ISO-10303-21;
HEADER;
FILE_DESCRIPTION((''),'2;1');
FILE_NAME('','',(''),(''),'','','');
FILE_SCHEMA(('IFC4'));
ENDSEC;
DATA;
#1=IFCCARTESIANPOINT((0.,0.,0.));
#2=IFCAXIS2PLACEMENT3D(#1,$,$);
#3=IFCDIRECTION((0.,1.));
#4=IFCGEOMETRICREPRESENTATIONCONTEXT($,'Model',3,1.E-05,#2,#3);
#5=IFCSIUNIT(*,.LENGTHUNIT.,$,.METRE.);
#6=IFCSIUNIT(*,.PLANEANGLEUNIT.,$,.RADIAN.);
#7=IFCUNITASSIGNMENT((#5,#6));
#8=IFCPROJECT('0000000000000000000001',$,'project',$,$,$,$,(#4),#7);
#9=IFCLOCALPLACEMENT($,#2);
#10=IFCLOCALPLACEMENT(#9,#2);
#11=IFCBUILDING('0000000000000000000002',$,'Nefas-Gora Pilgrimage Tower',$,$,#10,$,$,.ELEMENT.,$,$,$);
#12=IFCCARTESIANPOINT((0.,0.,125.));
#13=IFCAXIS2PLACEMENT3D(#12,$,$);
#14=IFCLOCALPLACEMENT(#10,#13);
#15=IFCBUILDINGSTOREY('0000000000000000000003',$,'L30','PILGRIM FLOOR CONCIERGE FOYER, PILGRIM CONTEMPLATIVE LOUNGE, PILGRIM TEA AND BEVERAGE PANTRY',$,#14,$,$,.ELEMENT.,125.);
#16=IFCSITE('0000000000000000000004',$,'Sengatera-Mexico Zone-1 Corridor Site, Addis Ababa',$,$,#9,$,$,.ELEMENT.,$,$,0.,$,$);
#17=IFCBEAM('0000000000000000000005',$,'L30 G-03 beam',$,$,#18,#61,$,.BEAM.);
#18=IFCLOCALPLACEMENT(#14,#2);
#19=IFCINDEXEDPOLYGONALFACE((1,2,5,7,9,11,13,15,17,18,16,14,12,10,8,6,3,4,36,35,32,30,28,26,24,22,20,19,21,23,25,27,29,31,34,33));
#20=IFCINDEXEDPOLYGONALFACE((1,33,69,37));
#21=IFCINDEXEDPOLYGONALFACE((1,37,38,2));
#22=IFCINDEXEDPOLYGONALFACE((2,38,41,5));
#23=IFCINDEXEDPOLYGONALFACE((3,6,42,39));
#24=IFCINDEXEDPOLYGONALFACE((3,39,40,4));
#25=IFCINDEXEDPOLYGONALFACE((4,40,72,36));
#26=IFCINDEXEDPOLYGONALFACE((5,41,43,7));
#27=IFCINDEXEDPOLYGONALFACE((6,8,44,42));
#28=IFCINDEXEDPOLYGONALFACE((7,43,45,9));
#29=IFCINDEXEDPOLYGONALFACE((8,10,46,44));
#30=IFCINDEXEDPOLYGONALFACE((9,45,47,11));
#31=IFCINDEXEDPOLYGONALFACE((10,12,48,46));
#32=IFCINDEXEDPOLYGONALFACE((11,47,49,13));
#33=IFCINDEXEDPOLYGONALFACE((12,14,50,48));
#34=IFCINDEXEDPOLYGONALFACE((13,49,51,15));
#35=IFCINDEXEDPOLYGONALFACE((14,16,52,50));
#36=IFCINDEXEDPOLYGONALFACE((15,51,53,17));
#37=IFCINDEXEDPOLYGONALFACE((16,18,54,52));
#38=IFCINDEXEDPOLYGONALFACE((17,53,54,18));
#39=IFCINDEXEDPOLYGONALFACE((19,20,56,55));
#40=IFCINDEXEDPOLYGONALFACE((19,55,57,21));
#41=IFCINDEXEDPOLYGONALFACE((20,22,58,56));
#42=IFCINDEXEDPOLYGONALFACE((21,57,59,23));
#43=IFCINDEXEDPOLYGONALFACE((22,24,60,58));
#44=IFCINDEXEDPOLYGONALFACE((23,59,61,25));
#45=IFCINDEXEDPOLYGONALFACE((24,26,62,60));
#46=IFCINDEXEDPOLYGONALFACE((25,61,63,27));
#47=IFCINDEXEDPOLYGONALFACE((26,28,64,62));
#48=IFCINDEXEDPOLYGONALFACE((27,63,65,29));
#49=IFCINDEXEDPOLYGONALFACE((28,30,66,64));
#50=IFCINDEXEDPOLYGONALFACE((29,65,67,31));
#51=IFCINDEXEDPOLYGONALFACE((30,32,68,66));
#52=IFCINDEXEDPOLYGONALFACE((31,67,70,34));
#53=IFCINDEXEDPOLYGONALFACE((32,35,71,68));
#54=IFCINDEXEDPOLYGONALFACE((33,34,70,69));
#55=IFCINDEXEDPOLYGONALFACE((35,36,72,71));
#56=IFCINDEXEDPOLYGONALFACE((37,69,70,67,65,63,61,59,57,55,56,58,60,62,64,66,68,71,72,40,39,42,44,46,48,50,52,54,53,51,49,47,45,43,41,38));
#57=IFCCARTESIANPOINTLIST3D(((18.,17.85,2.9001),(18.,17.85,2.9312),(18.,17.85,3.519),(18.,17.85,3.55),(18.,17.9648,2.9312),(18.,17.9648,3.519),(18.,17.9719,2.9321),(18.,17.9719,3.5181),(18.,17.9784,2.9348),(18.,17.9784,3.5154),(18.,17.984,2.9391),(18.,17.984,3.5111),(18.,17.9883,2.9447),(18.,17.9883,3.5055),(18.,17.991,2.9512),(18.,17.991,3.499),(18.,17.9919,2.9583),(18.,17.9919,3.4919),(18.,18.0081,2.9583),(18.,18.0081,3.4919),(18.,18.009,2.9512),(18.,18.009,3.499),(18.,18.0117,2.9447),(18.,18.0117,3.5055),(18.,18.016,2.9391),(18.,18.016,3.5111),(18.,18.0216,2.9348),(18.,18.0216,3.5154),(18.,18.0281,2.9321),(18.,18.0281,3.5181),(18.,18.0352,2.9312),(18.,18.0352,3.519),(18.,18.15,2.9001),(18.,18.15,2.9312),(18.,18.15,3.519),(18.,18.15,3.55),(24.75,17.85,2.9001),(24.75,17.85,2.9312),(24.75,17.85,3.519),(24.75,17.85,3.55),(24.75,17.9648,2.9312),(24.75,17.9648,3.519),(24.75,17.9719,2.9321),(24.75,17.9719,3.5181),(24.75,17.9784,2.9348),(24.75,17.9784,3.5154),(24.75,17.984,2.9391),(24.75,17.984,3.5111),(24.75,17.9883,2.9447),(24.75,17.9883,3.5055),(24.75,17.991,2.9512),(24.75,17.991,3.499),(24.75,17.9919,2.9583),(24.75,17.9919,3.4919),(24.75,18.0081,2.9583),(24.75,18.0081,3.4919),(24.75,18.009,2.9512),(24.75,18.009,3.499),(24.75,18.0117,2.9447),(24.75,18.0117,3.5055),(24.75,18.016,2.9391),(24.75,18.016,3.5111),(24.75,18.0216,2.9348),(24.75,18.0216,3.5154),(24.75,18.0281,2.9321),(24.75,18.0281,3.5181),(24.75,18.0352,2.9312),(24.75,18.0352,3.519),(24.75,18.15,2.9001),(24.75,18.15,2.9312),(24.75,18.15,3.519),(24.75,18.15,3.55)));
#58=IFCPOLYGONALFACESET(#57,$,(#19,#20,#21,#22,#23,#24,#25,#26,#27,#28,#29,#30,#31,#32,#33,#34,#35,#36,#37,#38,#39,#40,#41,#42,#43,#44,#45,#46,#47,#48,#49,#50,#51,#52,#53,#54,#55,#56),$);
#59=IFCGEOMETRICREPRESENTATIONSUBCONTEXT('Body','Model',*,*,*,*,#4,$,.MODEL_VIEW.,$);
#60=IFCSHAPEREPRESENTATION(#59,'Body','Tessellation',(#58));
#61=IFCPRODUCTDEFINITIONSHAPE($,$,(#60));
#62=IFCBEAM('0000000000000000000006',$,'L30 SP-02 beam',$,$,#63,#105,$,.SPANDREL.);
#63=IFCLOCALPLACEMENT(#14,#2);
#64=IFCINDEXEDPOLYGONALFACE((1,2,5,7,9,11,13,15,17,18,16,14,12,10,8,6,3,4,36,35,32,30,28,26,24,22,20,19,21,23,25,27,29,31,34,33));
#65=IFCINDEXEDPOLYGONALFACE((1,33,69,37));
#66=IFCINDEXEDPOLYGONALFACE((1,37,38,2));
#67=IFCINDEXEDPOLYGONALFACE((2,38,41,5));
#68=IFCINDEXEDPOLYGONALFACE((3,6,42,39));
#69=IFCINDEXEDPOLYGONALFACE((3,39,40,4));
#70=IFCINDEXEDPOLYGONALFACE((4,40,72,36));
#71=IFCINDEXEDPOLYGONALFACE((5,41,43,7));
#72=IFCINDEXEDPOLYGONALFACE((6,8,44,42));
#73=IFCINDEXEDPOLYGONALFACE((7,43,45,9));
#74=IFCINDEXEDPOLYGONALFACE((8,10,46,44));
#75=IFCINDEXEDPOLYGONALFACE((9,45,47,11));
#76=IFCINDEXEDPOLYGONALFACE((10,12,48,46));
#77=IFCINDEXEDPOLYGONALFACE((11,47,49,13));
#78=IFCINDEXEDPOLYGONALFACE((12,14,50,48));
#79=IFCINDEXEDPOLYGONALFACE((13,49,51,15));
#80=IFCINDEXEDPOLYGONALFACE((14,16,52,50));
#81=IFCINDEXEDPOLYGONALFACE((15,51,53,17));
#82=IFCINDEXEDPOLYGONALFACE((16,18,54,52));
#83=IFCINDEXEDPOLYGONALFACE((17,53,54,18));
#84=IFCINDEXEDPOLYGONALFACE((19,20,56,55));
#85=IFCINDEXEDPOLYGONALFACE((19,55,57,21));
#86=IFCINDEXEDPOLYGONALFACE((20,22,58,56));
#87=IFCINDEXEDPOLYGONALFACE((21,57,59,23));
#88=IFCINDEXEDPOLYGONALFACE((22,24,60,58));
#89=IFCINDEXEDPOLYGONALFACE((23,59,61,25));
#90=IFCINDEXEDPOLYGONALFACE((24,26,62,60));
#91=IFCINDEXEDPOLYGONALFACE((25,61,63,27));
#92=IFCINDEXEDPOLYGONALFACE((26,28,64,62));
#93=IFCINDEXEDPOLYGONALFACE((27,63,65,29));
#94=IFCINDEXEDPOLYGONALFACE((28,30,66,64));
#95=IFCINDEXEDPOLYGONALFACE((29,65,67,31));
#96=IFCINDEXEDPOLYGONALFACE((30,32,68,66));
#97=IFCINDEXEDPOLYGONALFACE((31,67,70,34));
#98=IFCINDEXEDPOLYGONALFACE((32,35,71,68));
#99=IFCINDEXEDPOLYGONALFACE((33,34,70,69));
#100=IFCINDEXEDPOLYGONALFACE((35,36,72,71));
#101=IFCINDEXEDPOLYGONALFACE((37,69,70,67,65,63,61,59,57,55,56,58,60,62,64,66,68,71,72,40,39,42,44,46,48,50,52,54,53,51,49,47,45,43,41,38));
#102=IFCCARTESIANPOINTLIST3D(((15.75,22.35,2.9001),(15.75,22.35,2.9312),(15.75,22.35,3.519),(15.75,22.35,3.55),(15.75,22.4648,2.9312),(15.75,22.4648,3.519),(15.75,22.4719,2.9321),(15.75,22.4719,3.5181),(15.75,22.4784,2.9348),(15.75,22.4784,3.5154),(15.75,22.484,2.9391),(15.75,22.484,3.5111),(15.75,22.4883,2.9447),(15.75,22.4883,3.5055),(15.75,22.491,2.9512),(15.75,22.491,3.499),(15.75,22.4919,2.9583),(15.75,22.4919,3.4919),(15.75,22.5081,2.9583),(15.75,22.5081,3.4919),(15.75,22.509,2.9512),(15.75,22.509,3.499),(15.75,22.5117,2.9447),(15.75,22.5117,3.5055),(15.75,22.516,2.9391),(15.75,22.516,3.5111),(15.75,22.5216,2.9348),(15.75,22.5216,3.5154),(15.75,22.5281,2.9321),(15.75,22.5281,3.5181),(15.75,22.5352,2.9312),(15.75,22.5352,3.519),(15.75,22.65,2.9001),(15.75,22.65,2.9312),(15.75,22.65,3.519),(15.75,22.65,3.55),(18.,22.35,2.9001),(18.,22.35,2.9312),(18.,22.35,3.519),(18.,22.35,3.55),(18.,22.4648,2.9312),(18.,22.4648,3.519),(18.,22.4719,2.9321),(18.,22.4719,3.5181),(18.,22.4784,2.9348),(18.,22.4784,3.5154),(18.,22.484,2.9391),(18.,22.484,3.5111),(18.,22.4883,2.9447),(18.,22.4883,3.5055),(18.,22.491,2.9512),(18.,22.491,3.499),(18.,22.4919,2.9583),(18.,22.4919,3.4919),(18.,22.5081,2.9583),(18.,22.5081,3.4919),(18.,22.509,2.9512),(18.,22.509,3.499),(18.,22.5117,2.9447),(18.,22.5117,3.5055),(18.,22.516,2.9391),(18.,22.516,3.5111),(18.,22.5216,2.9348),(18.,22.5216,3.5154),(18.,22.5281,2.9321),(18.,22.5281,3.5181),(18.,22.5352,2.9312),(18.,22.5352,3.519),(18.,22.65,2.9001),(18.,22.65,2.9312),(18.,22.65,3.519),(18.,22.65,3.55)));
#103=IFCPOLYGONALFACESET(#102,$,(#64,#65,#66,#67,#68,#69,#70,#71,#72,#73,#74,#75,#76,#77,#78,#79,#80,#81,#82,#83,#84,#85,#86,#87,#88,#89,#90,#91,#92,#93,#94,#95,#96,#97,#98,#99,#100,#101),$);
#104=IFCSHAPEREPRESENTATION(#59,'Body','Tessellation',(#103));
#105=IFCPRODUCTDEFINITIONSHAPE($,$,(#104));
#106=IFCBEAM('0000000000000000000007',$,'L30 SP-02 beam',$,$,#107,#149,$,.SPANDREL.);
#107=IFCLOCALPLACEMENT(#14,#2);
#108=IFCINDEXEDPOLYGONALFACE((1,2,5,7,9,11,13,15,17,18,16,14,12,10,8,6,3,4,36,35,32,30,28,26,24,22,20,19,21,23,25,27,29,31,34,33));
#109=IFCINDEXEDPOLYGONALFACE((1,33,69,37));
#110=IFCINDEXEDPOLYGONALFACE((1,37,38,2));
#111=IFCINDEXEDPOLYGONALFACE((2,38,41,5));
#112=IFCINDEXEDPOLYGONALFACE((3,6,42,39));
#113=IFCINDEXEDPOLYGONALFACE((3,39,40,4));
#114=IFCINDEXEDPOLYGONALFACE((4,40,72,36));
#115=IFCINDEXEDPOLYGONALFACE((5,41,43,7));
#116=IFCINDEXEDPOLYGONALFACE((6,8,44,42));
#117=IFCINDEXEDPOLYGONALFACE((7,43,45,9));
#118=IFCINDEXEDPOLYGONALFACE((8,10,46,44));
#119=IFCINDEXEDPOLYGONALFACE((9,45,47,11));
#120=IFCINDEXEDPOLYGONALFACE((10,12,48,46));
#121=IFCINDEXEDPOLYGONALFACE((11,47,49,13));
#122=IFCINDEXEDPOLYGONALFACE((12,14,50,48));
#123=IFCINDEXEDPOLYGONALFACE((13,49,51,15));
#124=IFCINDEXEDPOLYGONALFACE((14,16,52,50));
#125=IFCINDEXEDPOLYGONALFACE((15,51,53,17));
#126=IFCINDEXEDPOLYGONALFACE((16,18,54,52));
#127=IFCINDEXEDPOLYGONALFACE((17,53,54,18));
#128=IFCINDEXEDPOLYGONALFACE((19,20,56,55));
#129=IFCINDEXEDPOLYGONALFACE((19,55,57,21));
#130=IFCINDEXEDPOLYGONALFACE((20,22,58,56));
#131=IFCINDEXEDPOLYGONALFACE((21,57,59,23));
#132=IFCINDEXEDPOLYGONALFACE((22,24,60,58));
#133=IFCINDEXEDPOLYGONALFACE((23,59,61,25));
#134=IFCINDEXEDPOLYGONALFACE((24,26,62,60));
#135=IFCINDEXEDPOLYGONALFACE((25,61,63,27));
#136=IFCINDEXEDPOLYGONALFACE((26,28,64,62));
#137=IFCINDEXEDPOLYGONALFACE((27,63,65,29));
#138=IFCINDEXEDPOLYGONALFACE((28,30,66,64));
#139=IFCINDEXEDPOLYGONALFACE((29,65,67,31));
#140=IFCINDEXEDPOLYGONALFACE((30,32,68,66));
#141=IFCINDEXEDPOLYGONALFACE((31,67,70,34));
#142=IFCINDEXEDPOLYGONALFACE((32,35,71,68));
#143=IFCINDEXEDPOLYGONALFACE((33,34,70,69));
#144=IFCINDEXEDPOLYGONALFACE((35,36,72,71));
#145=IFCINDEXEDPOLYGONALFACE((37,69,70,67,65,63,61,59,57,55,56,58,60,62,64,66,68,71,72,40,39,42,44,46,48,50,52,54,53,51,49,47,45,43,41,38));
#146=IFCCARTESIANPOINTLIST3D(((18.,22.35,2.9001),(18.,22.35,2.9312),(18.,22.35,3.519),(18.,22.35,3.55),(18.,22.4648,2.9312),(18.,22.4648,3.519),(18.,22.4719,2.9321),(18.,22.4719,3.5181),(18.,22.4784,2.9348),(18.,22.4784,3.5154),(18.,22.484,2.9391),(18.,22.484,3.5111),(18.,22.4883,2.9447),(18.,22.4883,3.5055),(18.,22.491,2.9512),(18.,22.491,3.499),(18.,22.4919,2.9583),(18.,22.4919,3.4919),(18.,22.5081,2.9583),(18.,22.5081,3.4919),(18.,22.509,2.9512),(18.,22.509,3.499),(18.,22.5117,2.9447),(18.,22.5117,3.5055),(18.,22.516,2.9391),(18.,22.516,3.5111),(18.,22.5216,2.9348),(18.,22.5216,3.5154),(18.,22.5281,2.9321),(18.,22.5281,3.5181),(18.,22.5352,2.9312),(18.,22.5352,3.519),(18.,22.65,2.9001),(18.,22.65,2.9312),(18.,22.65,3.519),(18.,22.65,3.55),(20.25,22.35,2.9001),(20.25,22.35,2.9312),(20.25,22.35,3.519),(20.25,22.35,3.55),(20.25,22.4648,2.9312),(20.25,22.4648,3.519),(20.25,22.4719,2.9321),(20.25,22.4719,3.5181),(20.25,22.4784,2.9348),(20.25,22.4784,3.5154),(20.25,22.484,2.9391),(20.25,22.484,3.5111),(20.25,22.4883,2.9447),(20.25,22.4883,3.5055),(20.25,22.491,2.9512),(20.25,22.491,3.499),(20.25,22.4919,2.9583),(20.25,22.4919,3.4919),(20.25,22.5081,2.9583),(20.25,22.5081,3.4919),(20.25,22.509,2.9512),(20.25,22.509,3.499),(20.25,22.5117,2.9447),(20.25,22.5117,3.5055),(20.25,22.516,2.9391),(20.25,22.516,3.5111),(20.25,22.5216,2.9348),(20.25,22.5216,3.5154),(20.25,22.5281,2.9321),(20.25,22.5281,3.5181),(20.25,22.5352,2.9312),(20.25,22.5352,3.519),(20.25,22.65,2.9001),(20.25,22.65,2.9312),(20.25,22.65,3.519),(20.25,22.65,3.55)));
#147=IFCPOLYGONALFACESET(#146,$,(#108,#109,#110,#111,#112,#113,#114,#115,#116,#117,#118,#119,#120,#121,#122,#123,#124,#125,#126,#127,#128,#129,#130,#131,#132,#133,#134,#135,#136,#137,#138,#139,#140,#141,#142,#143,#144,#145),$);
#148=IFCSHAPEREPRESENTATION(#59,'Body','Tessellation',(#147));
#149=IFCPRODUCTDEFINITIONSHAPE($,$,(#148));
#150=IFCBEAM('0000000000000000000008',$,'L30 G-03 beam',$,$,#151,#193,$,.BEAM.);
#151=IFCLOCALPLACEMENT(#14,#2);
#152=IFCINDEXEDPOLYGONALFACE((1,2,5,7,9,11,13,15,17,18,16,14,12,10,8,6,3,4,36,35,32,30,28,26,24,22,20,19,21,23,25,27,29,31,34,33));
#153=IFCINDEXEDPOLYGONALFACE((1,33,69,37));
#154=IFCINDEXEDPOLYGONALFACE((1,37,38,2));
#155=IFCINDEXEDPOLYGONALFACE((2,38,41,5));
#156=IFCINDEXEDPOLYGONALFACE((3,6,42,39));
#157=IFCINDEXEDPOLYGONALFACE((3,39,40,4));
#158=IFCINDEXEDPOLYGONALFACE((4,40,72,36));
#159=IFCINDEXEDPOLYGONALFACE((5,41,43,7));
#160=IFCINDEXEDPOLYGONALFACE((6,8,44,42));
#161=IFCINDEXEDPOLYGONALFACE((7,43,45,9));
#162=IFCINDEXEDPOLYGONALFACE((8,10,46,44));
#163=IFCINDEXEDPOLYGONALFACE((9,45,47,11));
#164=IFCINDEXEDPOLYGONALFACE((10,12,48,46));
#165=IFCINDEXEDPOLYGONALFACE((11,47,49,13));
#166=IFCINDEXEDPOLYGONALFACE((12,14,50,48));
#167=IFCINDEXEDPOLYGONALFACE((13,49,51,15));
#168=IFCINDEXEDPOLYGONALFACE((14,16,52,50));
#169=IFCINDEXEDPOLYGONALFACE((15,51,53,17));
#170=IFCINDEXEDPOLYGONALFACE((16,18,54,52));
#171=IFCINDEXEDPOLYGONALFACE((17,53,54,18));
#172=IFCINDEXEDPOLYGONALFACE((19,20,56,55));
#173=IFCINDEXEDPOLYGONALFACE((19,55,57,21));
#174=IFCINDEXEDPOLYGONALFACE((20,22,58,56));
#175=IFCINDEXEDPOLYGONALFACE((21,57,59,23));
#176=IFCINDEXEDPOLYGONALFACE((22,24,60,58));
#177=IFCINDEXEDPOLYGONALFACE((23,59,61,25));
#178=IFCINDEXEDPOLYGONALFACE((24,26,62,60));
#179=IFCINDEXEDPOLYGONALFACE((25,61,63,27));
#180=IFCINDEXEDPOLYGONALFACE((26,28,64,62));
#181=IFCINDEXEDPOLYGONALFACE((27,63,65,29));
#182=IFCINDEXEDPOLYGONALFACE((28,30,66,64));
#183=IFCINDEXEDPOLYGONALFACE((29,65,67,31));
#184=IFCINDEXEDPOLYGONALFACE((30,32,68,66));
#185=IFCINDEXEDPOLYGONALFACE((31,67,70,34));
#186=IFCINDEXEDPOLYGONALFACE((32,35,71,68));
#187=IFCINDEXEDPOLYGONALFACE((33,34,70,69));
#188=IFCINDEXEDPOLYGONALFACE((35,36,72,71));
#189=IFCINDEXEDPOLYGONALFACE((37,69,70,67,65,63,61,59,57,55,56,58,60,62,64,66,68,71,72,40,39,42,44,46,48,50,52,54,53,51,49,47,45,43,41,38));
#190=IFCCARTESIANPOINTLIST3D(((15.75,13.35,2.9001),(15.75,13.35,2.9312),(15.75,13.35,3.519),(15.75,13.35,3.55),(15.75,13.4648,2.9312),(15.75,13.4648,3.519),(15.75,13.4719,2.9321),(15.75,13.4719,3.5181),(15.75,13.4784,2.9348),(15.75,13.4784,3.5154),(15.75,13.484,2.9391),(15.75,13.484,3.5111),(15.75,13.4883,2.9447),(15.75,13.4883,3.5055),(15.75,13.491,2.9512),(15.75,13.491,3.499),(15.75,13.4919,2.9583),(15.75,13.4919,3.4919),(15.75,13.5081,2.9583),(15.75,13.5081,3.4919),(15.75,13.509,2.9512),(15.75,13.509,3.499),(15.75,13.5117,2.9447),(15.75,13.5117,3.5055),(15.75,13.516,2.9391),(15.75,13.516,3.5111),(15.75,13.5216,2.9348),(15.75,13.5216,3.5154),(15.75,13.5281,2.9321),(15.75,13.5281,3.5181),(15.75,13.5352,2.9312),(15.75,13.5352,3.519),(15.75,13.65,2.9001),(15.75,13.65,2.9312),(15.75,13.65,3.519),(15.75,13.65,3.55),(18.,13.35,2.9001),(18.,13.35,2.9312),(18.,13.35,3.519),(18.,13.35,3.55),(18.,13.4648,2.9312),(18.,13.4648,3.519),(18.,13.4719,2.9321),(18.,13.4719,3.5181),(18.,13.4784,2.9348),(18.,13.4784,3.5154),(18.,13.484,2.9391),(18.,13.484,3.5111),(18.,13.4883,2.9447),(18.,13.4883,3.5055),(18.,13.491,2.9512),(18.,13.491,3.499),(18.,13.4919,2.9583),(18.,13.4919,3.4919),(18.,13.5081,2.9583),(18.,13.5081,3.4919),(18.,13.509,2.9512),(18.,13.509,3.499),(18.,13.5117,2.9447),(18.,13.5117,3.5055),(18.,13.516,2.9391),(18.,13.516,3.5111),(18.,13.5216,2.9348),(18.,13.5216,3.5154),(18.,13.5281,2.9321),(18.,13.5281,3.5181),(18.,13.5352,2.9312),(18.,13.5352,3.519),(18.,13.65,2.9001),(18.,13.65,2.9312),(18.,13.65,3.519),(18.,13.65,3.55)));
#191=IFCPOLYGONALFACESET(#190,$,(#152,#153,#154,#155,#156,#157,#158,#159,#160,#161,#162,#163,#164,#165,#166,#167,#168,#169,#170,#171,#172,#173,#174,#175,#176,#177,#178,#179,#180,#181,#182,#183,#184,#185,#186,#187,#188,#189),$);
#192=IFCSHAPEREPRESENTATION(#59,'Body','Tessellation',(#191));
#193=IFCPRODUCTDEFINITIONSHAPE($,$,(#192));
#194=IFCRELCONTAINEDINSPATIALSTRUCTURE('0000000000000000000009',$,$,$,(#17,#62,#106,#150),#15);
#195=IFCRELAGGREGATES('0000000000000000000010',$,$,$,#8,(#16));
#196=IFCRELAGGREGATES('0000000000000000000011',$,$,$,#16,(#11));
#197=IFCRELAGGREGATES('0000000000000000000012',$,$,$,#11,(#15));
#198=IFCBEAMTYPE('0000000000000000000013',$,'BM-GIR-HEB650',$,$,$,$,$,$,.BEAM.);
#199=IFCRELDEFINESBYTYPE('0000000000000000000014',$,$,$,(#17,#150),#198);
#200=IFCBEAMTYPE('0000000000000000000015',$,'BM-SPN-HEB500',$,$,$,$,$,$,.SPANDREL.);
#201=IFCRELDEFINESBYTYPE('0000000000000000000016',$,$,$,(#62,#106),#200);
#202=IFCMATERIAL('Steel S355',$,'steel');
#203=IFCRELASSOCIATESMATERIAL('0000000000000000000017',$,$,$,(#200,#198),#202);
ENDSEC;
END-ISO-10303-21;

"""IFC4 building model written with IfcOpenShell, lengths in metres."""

from ifc_helpers import new_model, si_unit, direction, frame, origin, origin_2d, place, context, subcontext, project, spatial, i_section, extrude, source, transform, mapped, material, material_profile, profile_set, type_object, element, save


model = new_model("IFC4")

# Units and contexts
model_context = context("Model", 3, precision=1e-05, world=origin(), true_north=direction((0.0, 1.0)))
body_context = subcontext(model_context, "Body", "Model", "MODEL_VIEW")
ifc_project = project(units=[si_unit("LENGTHUNIT", "METRE"), si_unit("PLANEANGLEUNIT", "RADIAN")], contexts=[model_context])

# Site, building, storey
site_placement = place(None, origin())
site = spatial("IfcSite", under=ifc_project, at=site_placement, Name="Sengatera-Mexico Zone-1 Corridor Site, Addis Ababa", CompositionType="ELEMENT", RefElevation=0.0)
building_placement = place(site_placement, origin())
building = spatial("IfcBuilding", under=site, at=building_placement, Name="Nefas-Gora Pilgrimage Tower", CompositionType="ELEMENT")
storey_placement = place(building_placement, frame((0.0, 0.0, 125.0)))
storey = spatial("IfcBuildingStorey", under=building, at=storey_placement, Name="L30", Description="PILGRIM FLOOR CONCIERGE FOYER, PILGRIM CONTEMPLATIVE LOUNGE, PILGRIM TEA AND BEVERAGE PANTRY", CompositionType="ELEMENT", Elevation=125.0)

# Beams
ifc_material_1 = material(Name="Steel S355", Category="steel")
ifc_material_profile_1 = material_profile(ifc_material_1, i_section(OverallWidth=0.3, OverallDepth=0.6499, WebThickness=0.0161, FlangeThickness=0.031, FilletRadius=0.0271, at=origin_2d()), Name="HEB 650")
ifc_profile_set_1 = profile_set([ifc_material_profile_1], Name="Steel S355")
beam_type_1 = type_object("IfcBeamType", Name="BM-SPN-HEB500", PredefinedType="SPANDREL", material=ifc_profile_set_1)
ifc_material_profile_2 = material_profile(ifc_material_1, i_section(OverallWidth=0.3, OverallDepth=0.6499, WebThickness=0.0161, FlangeThickness=0.031, FilletRadius=0.0271, at=origin_2d()), Name="HEB 650")
ifc_profile_set_2 = profile_set([ifc_material_profile_2], Name="Steel S355")
beam_type_2 = type_object("IfcBeamType", Name="BM-GIR-HEB650", PredefinedType="BEAM", material=ifc_profile_set_2)
shared_shape_1 = source(origin(), body_context, "Body", "SweptSolid", [
    extrude(i_section(OverallWidth=0.3, OverallDepth=0.6499, WebThickness=0.0161, FlangeThickness=0.031, FilletRadius=0.0271, at=origin_2d()), origin(), (0.0, 0.0, 1.0), 6.75),
])
for number, where, z_axis, x_axis, name in (
    (1, (18.0, 18.0, 3.2251), (1.0, 0.0, 0.0), (0.0, 1.0, 0.0), "L30 G-03 beam"),
):
    element("IfcBeam", number, at=place(storey_placement, frame(where, z_axis=z_axis, x_axis=x_axis)), inside=storey, type_object=beam_type_2, Name=name, PredefinedType="BEAM", context=body_context, shape_type="MappedRepresentation", body=[
        mapped(shared_shape_1, transform((0.0, 0.0, 0.0), x_axis=(1.0, 0.0, 0.0), y_axis=(0.0, 1.0, 0.0), z_axis=(0.0, 0.0, 1.0), scale=1.0)),
    ])
shared_shape_2 = source(origin(), body_context, "Body", "SweptSolid", [
    extrude(i_section(OverallWidth=0.3, OverallDepth=0.6499, WebThickness=0.0161, FlangeThickness=0.031, FilletRadius=0.0271, at=origin_2d()), origin(), (0.0, 0.0, 1.0), 2.25),
])
for number, where, z_axis, x_axis, name in (
    (2, (15.75, 22.5, 3.2251), (1.0, 0.0, 0.0), (0.0, 1.0, 0.0), "L30 SP-02 beam"),
    (3, (18.0, 22.5, 3.2251), (1.0, 0.0, 0.0), (0.0, 1.0, 0.0), "L30 SP-02 beam"),
):
    element("IfcBeam", number, at=place(storey_placement, frame(where, z_axis=z_axis, x_axis=x_axis)), inside=storey, type_object=beam_type_1, Name=name, PredefinedType="SPANDREL", context=body_context, shape_type="MappedRepresentation", body=[
        mapped(shared_shape_2, transform((0.0, 0.0, 0.0), x_axis=(1.0, 0.0, 0.0), y_axis=(0.0, 1.0, 0.0), z_axis=(0.0, 0.0, 1.0), scale=1.0)),
    ])
shared_shape_3 = source(origin(), body_context, "Body", "SweptSolid", [
    extrude(i_section(OverallWidth=0.3, OverallDepth=0.6499, WebThickness=0.0161, FlangeThickness=0.031, FilletRadius=0.0271, at=origin_2d()), origin(), (0.0, 0.0, 1.0), 2.25),
])
beam_1_placement = place(storey_placement, frame((15.75, 13.5, 3.2251), z_axis=(1.0, 0.0, 0.0), x_axis=(0.0, 1.0, 0.0)))
element("IfcBeam", 4, at=beam_1_placement, inside=storey, type_object=beam_type_2, Name="L30 G-03 beam", PredefinedType="BEAM", context=body_context, shape_type="MappedRepresentation", body=[
    mapped(shared_shape_3, transform((0.0, 0.0, 0.0), x_axis=(1.0, 0.0, 0.0), y_axis=(0.0, 1.0, 0.0), z_axis=(0.0, 0.0, 1.0), scale=1.0)),
])

save(model, "model.ifc")
